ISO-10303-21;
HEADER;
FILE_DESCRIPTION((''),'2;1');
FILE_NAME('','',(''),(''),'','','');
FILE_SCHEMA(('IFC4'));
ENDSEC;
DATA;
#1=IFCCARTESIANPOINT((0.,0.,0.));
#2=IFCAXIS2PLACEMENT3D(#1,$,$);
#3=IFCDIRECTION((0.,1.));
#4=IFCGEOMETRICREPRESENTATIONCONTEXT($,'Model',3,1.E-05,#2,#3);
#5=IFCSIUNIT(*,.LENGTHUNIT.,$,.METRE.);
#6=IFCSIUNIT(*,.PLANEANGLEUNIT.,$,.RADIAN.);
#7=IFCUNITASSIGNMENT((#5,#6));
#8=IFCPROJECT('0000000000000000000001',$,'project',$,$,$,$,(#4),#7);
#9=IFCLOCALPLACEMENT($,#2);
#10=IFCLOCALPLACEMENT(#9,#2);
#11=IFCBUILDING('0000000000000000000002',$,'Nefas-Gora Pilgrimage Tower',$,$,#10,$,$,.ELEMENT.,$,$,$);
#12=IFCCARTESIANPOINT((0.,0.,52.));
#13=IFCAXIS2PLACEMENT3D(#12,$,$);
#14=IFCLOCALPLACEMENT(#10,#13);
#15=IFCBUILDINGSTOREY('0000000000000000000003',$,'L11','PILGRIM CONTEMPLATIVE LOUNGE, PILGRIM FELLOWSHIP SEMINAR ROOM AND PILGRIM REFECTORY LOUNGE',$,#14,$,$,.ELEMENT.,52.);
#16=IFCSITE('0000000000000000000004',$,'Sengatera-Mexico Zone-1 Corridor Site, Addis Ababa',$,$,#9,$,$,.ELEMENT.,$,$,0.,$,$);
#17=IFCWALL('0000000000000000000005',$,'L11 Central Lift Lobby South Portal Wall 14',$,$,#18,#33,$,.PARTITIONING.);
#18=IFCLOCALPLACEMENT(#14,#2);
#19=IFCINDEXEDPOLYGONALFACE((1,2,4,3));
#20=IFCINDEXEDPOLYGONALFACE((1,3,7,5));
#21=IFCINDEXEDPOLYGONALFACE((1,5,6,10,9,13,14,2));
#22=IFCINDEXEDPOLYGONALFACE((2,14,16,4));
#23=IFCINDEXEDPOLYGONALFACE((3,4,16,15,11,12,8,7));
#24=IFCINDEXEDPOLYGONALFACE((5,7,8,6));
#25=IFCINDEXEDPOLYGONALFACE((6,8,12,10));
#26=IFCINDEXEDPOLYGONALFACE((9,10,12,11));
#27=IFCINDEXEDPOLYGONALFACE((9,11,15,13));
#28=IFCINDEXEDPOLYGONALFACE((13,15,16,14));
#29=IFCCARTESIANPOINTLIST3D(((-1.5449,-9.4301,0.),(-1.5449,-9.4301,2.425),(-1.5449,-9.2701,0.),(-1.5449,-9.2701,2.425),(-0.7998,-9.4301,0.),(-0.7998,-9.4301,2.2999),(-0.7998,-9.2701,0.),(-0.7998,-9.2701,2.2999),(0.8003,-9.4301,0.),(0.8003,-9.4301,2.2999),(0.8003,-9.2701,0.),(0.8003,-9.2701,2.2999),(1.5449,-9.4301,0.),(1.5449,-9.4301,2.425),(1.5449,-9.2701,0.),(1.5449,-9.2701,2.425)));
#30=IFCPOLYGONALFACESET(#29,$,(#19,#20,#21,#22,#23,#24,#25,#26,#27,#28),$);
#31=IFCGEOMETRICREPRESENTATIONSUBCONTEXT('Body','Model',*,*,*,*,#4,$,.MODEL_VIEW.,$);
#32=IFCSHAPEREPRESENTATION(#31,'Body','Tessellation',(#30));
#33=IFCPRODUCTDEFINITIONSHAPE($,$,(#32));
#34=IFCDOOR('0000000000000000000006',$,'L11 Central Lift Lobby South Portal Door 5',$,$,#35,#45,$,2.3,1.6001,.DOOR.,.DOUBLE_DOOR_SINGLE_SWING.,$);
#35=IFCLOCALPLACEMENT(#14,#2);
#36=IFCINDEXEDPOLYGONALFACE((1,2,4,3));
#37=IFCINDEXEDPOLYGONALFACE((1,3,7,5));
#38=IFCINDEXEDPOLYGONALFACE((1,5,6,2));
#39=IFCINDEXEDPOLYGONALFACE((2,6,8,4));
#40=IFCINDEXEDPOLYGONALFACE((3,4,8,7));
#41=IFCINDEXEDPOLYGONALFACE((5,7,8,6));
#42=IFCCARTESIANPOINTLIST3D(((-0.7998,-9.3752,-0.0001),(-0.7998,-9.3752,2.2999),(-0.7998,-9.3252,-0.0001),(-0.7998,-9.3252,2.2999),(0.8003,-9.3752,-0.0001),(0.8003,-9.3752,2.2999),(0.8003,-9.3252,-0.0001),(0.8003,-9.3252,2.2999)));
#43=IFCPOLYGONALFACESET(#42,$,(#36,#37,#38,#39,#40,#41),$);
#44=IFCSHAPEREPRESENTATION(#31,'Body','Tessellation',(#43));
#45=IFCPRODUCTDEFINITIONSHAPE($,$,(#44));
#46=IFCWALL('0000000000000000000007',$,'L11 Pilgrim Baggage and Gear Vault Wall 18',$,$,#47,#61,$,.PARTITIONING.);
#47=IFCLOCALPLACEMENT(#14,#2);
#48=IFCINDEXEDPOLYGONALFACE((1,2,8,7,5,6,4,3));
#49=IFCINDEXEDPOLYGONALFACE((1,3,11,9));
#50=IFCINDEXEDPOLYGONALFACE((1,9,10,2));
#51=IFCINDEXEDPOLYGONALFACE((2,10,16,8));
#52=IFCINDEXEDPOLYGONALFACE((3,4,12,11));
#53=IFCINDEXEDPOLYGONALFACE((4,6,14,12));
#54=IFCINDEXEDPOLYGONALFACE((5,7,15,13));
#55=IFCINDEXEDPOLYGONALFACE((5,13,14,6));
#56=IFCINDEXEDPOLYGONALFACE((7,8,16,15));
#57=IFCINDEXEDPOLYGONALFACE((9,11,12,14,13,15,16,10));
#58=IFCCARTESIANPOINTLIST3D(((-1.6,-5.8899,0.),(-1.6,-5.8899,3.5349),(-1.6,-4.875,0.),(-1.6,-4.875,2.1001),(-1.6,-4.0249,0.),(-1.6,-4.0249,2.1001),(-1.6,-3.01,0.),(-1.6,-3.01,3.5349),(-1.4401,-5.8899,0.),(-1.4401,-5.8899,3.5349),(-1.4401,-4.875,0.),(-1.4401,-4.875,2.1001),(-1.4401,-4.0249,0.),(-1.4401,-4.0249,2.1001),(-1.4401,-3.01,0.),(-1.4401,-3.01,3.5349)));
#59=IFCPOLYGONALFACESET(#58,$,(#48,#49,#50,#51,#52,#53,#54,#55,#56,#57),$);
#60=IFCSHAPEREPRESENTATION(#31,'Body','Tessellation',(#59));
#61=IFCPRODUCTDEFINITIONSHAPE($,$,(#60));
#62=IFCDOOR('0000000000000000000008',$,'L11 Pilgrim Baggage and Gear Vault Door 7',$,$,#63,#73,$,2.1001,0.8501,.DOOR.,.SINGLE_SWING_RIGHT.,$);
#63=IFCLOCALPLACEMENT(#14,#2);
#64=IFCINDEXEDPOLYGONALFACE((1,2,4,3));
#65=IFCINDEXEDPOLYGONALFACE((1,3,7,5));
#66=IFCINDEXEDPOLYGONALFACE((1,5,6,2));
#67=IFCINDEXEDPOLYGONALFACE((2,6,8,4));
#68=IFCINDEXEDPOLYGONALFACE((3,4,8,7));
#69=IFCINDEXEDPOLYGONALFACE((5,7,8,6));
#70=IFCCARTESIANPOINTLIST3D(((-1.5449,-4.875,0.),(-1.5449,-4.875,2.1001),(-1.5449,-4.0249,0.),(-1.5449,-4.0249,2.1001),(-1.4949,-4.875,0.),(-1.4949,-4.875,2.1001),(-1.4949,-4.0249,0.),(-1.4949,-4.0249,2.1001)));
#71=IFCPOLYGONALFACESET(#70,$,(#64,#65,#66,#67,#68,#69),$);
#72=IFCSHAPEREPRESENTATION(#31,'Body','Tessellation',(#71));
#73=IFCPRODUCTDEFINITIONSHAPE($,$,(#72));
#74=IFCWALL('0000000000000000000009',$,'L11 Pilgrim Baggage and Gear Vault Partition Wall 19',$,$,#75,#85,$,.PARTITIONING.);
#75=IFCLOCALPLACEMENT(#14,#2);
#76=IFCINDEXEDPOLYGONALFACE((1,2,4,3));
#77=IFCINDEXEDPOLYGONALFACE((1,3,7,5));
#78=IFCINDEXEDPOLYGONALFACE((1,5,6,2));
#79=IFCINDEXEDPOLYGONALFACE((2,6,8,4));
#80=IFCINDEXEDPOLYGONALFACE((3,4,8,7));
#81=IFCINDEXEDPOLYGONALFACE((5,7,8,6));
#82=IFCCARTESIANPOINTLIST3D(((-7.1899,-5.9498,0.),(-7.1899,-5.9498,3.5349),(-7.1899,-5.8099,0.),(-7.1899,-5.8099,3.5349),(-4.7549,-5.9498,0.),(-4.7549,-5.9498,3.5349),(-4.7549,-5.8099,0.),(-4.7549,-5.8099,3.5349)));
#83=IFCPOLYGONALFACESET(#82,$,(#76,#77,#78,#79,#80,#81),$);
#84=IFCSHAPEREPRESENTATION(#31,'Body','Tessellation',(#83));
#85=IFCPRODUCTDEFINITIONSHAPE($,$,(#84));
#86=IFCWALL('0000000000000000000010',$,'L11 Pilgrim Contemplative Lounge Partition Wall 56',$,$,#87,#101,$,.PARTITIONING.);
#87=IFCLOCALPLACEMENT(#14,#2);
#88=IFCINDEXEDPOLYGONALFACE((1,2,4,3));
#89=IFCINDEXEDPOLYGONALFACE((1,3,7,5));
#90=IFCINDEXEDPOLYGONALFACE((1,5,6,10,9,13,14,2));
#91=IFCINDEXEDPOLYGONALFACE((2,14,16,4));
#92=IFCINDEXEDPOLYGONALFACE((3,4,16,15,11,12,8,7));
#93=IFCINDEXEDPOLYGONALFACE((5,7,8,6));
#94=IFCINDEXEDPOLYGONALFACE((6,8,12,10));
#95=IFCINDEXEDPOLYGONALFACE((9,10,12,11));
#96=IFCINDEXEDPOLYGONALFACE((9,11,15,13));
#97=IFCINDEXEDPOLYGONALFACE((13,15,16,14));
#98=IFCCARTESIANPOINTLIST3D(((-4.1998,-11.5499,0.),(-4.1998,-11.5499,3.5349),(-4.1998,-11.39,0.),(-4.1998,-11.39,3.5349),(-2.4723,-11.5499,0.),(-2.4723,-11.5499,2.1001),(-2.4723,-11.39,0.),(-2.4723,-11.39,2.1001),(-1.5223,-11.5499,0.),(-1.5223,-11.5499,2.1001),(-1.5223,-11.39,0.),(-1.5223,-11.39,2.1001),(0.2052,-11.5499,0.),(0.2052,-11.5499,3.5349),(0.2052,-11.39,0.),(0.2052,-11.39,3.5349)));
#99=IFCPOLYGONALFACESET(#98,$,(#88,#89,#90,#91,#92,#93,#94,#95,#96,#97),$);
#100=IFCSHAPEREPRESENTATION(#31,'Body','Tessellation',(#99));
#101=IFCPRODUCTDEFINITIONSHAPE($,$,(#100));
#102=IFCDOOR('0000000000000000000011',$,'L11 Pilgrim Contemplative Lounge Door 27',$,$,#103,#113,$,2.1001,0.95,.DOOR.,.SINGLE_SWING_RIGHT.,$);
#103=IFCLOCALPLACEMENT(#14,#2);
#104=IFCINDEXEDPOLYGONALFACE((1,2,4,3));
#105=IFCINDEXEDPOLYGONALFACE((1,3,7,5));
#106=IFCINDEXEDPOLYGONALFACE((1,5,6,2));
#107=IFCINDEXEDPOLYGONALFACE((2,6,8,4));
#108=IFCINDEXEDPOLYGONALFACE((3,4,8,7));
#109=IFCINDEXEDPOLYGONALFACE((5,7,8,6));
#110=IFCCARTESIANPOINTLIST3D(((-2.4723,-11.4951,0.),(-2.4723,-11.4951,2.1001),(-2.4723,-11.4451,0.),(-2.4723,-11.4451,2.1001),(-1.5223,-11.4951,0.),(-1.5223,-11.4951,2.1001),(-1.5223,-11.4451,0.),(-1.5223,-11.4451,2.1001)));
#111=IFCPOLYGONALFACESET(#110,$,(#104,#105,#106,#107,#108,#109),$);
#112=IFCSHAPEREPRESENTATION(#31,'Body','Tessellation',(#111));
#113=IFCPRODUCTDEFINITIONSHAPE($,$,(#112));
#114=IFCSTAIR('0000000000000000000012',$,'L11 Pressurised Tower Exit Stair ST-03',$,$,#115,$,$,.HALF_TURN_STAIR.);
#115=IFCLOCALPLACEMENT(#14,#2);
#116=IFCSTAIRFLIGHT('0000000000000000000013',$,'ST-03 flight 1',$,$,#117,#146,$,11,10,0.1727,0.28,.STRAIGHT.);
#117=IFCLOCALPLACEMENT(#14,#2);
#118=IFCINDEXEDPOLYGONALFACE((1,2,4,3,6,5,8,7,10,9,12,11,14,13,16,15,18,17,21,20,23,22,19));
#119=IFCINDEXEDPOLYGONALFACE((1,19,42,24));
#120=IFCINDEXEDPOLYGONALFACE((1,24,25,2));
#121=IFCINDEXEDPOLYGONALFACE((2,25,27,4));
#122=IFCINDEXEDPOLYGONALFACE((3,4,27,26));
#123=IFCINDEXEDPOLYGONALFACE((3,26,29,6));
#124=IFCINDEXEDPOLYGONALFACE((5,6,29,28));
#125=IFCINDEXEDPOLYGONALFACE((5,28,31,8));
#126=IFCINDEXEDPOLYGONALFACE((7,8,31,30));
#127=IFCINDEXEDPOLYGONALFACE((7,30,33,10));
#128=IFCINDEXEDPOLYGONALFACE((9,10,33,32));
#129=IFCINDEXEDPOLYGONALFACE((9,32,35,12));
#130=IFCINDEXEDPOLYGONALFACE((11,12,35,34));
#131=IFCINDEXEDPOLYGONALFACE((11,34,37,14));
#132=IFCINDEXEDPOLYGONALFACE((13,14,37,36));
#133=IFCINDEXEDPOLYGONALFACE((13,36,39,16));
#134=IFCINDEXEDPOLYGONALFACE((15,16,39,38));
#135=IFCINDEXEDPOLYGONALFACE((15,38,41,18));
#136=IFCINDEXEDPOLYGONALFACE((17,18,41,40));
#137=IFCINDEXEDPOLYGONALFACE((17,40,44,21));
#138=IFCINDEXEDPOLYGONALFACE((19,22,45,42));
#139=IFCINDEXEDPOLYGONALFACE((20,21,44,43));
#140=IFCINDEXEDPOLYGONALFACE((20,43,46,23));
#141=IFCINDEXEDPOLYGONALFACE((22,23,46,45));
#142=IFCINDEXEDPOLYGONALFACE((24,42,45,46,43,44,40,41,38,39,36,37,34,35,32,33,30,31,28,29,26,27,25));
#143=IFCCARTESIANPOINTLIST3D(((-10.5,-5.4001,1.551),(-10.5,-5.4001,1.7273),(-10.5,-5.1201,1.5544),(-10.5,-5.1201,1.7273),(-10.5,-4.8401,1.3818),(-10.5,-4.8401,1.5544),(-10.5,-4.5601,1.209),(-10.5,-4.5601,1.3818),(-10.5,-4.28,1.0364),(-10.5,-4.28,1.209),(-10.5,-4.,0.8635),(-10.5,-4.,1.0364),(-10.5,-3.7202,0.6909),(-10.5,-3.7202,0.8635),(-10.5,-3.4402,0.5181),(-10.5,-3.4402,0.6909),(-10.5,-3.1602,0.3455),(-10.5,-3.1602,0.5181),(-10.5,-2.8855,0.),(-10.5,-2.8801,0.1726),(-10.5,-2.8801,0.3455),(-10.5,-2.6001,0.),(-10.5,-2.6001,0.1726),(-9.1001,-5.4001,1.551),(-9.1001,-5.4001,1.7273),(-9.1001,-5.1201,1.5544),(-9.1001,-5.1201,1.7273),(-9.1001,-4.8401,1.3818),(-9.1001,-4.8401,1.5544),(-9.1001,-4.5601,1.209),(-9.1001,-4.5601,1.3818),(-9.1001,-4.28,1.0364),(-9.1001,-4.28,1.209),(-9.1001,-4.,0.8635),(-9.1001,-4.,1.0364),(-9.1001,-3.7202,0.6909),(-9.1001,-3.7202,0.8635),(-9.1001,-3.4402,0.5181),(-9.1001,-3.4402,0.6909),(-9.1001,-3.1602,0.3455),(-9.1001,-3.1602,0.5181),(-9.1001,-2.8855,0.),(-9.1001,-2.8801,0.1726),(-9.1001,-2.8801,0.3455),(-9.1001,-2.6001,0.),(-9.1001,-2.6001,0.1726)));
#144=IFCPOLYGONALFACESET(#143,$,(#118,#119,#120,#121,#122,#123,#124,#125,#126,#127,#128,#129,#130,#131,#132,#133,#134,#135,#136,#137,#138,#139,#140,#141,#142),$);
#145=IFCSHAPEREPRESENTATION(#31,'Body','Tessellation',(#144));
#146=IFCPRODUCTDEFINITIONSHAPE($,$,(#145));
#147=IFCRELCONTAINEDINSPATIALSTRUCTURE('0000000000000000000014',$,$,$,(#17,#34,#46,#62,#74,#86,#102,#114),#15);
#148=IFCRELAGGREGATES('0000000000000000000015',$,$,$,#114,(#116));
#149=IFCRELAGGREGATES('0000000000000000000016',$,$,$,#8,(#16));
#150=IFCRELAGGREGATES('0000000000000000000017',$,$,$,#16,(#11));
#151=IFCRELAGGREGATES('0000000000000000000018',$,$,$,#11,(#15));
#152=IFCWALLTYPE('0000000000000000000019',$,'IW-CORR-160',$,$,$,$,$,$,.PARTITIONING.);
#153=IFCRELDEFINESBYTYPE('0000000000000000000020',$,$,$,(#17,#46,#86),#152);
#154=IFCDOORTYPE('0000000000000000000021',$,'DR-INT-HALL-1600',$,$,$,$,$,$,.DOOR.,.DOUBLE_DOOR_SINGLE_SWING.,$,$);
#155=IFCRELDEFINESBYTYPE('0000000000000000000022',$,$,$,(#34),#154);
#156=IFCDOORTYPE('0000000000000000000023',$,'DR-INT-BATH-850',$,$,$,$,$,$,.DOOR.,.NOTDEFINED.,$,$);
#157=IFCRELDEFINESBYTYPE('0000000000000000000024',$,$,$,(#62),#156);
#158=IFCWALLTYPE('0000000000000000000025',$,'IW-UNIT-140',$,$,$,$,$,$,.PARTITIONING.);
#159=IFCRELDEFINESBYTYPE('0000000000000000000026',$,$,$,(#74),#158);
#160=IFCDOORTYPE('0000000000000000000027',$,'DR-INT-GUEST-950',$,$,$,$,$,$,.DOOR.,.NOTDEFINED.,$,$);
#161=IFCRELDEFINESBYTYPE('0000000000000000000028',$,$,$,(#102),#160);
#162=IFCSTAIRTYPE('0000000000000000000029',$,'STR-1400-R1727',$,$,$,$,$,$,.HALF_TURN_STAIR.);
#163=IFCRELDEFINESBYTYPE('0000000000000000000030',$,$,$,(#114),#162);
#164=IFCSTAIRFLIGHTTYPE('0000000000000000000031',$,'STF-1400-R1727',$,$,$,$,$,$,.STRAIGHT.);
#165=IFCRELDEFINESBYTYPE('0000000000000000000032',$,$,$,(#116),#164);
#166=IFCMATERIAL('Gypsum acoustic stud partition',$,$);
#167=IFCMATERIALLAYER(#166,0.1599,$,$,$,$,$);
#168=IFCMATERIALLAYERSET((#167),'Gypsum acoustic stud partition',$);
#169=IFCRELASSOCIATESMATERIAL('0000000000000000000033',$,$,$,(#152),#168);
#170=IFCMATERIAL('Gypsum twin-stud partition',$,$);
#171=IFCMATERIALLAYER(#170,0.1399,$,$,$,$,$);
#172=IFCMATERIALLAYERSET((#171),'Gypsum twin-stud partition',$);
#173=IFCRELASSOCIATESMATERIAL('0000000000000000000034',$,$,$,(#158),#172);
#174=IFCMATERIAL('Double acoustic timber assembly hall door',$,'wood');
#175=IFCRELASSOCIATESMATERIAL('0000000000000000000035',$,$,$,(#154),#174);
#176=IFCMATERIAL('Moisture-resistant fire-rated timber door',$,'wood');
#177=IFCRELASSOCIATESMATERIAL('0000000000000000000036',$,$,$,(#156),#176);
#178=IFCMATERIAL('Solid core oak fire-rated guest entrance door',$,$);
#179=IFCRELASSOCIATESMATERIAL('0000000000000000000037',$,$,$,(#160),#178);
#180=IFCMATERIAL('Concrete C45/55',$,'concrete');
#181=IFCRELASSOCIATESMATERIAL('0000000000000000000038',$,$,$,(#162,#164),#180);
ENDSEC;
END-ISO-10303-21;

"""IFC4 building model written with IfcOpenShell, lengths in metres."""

from ifc_helpers import new_model, si_unit, direction, frame, frame_2d, origin, place, context, subcontext, project, spatial, polyline, rectangle, outline, extrude, source, transform, mapped, material, layer, layer_set, type_object, element, fill, aggregate, save


model = new_model("IFC4")

# Units and contexts
model_context = context("Model", 3, precision=1e-05, world=origin(), true_north=direction((0.0, 1.0)))
body_context = subcontext(model_context, "Body", "Model", "MODEL_VIEW")
ifc_project = project(units=[si_unit("LENGTHUNIT", "METRE"), si_unit("PLANEANGLEUNIT", "RADIAN")], contexts=[model_context])

# Site, building, storey
site_placement = place(None, origin())
site = spatial("IfcSite", under=ifc_project, at=site_placement, Name="Sengatera-Mexico Zone-1 Corridor Site, Addis Ababa", CompositionType="ELEMENT", RefElevation=0.0)
building_placement = place(site_placement, origin())
building = spatial("IfcBuilding", under=site, at=building_placement, Name="Nefas-Gora Pilgrimage Tower", CompositionType="ELEMENT")
storey_placement = place(building_placement, frame((0.0, 0.0, 52.0)))
storey = spatial("IfcBuildingStorey", under=building, at=storey_placement, Name="L11", Description="PILGRIM CONTEMPLATIVE LOUNGE, PILGRIM FELLOWSHIP SEMINAR ROOM AND PILGRIM REFECTORY LOUNGE", CompositionType="ELEMENT", Elevation=52.0)

# Shared definitions
ifc_material_1 = material(Name="Concrete C45/55", Category="concrete")

# Shared definitions
ifc_material_2 = material(Name="Gypsum acoustic stud partition")
ifc_layer_1 = layer(ifc_material_2, 0.1599)
ifc_layer_set_1 = layer_set([ifc_layer_1], Name="Gypsum acoustic stud partition")
wall_type_1 = type_object("IfcWallType", Name="IW-CORR-160", PredefinedType="PARTITIONING", material=ifc_layer_set_1)
ifc_material_3 = material(Name="Gypsum twin-stud partition")
ifc_layer_2 = layer(ifc_material_3, 0.1399)
ifc_layer_set_2 = layer_set([ifc_layer_2], Name="Gypsum twin-stud partition")
wall_type_2 = type_object("IfcWallType", Name="IW-UNIT-140", PredefinedType="PARTITIONING", material=ifc_layer_set_2)

# Walls, openings, doors
shared_shape_1 = source(origin(), body_context, "Body", "SweptSolid", [
    extrude(rectangle(XDim=3.0898, YDim=0.1599, at=frame_2d((1.5449, 0.0))), origin(), (0.0, 0.0, 1.0), 2.425),
])
wall_1_placement = place(storey_placement, frame((-1.5449, -9.3501, 0.0), z_axis=(0.0, 0.0, 1.0), x_axis=(1.0, 0.0, 0.0)))
wall_1 = element("IfcWall", 1, at=wall_1_placement, inside=storey, type_object=wall_type_1, Name="L11 Central Lift Lobby South Portal Wall 14", PredefinedType="PARTITIONING", context=body_context, shape_type="MappedRepresentation", body=[
    mapped(shared_shape_1, transform((0.0, 0.0, 0.0), x_axis=(1.0, 0.0, 0.0), y_axis=(0.0, 1.0, 0.0), z_axis=(0.0, 0.0, 1.0), scale=1.0)),
])
opening_1_placement = place(wall_1_placement, frame((0.7451, 0.0, 0.0)))
opening_1 = element("IfcOpeningElement", 2, at=opening_1_placement, cuts=wall_1, PredefinedType="OPENING", context=body_context, shape_type="SweptSolid", body=[
    extrude(rectangle(XDim=1.6001, YDim=2.3, at=frame_2d((0.8, 1.1499))), frame((0.0, 0.0898, 0.0), z_axis=(0.0, -1.0, 0.0), x_axis=(1.0, 0.0, 0.0)), (0.0, 0.0, 1.0), 0.1799),
])
ifc_material_4 = material(Name="Double acoustic timber assembly hall door", Category="wood")
door_type_1 = type_object("IfcDoorType", Name="DR-INT-HALL-1600", OperationType="DOUBLE_DOOR_SINGLE_SWING", PredefinedType="DOOR", material=ifc_material_4)
shared_shape_2 = source(origin(), body_context, "Body", "SweptSolid", [
    extrude(rectangle(XDim=1.6001, YDim=2.3, at=frame_2d((0.8, 1.1499))), frame((0.0, 0.0249, 0.0), z_axis=(0.0, -1.0, 0.0), x_axis=(1.0, 0.0, 0.0)), (0.0, 0.0, 1.0), 0.05),
])
door_1_placement = place(opening_1_placement, origin())
door_1 = element("IfcDoor", 3, at=door_1_placement, inside=storey, type_object=door_type_1, Name="L11 Central Lift Lobby South Portal Door 5", OperationType="DOUBLE_DOOR_SINGLE_SWING", OverallHeight=2.3, OverallWidth=1.6001, PredefinedType="DOOR", context=body_context, shape_type="MappedRepresentation", body=[
    mapped(shared_shape_2, transform((0.0, 0.0, 0.0), x_axis=(1.0, 0.0, 0.0), y_axis=(0.0, 1.0, 0.0), z_axis=(0.0, 0.0, 1.0), scale=1.0)),
])
fill(opening_1, door_1)
shared_shape_3 = source(origin(), body_context, "Body", "SweptSolid", [
    extrude(rectangle(XDim=2.8799, YDim=0.1599, at=frame_2d((1.4399, 0.0))), origin(), (0.0, 0.0, 1.0), 3.5349),
])
wall_2_placement = place(storey_placement, frame((-1.52, -5.8899, 0.0), z_axis=(0.0, 0.0, 1.0), x_axis=(0.0, 1.0, 0.0)))
wall_2 = element("IfcWall", 4, at=wall_2_placement, inside=storey, type_object=wall_type_1, Name="L11 Pilgrim Baggage and Gear Vault Wall 18", PredefinedType="PARTITIONING", context=body_context, shape_type="MappedRepresentation", body=[
    mapped(shared_shape_3, transform((0.0, 0.0, 0.0), x_axis=(1.0, 0.0, 0.0), y_axis=(0.0, 1.0, 0.0), z_axis=(0.0, 0.0, 1.0), scale=1.0)),
])
opening_2_placement = place(wall_2_placement, frame((1.0149, 0.0, 0.0)))
opening_2 = element("IfcOpeningElement", 5, at=opening_2_placement, cuts=wall_2, PredefinedType="OPENING", context=body_context, shape_type="SweptSolid", body=[
    extrude(rectangle(XDim=0.8501, YDim=2.1001, at=frame_2d((0.425, 1.05))), frame((0.0, 0.0898, 0.0), z_axis=(0.0, -1.0, 0.0), x_axis=(1.0, 0.0, 0.0)), (0.0, 0.0, 1.0), 0.1799),
])
ifc_material_5 = material(Name="Moisture-resistant fire-rated timber door", Category="wood")
door_type_2 = type_object("IfcDoorType", Name="DR-INT-BATH-850", OperationType="NOTDEFINED", PredefinedType="DOOR", material=ifc_material_5)
shared_shape_4 = source(origin(), body_context, "Body", "SweptSolid", [
    extrude(rectangle(XDim=0.8501, YDim=2.1001, at=frame_2d((0.425, 1.05))), frame((0.0, 0.0249, 0.0), z_axis=(0.0, -1.0, 0.0), x_axis=(1.0, 0.0, 0.0)), (0.0, 0.0, 1.0), 0.05),
])
door_2_placement = place(opening_2_placement, origin())
door_2 = element("IfcDoor", 6, at=door_2_placement, inside=storey, type_object=door_type_2, Name="L11 Pilgrim Baggage and Gear Vault Door 7", OperationType="SINGLE_SWING_RIGHT", OverallHeight=2.1001, OverallWidth=0.8501, PredefinedType="DOOR", context=body_context, shape_type="MappedRepresentation", body=[
    mapped(shared_shape_4, transform((0.0, 0.0, 0.0), x_axis=(1.0, 0.0, 0.0), y_axis=(0.0, 1.0, 0.0), z_axis=(0.0, 0.0, 1.0), scale=1.0)),
])
fill(opening_2, door_2)

# Wall
shared_shape_5 = source(origin(), body_context, "Body", "SweptSolid", [
    extrude(rectangle(XDim=2.4351, YDim=0.1399, at=frame_2d((1.2175, 0.0))), origin(), (0.0, 0.0, 1.0), 3.5349),
])
wall_3_placement = place(storey_placement, frame((-7.1899, -5.8799, 0.0), z_axis=(0.0, 0.0, 1.0), x_axis=(1.0, 0.0, 0.0)))
element("IfcWall", 7, at=wall_3_placement, inside=storey, type_object=wall_type_2, Name="L11 Pilgrim Baggage and Gear Vault Partition Wall 19", PredefinedType="PARTITIONING", context=body_context, shape_type="MappedRepresentation", body=[
    mapped(shared_shape_5, transform((0.0, 0.0, 0.0), x_axis=(1.0, 0.0, 0.0), y_axis=(0.0, 1.0, 0.0), z_axis=(0.0, 0.0, 1.0), scale=1.0)),
])

# Wall, opening, door
shared_shape_6 = source(origin(), body_context, "Body", "SweptSolid", [
    extrude(rectangle(XDim=4.405, YDim=0.1599, at=frame_2d((2.2026, 0.0))), origin(), (0.0, 0.0, 1.0), 3.5349),
])
wall_4_placement = place(storey_placement, frame((-4.2, -11.47, 0.0), z_axis=(0.0, 0.0, 1.0), x_axis=(1.0, 0.0, 0.0)))
wall_4 = element("IfcWall", 8, at=wall_4_placement, inside=storey, type_object=wall_type_1, Name="L11 Pilgrim Contemplative Lounge Partition Wall 56", PredefinedType="PARTITIONING", context=body_context, shape_type="MappedRepresentation", body=[
    mapped(shared_shape_6, transform((0.0, 0.0, 0.0), x_axis=(1.0, 0.0, 0.0), y_axis=(0.0, 1.0, 0.0), z_axis=(0.0, 0.0, 1.0), scale=1.0)),
])
opening_3_placement = place(wall_4_placement, frame((1.7275, 0.0, 0.0)))
opening_3 = element("IfcOpeningElement", 9, at=opening_3_placement, cuts=wall_4, PredefinedType="OPENING", context=body_context, shape_type="SweptSolid", body=[
    extrude(rectangle(XDim=0.95, YDim=2.1001, at=frame_2d((0.4751, 1.05))), frame((0.0, 0.0898, 0.0), z_axis=(0.0, -1.0, 0.0), x_axis=(1.0, 0.0, 0.0)), (0.0, 0.0, 1.0), 0.1799),
])
ifc_material_6 = material(Name="Solid core oak fire-rated guest entrance door")
door_type_3 = type_object("IfcDoorType", Name="DR-INT-GUEST-950", OperationType="NOTDEFINED", PredefinedType="DOOR", material=ifc_material_6)
shared_shape_7 = source(origin(), body_context, "Body", "SweptSolid", [
    extrude(rectangle(XDim=0.95, YDim=2.1001, at=frame_2d((0.4751, 1.05))), frame((0.0, 0.0249, 0.0), z_axis=(0.0, -1.0, 0.0), x_axis=(1.0, 0.0, 0.0)), (0.0, 0.0, 1.0), 0.05),
])
door_3_placement = place(opening_3_placement, origin())
door_3 = element("IfcDoor", 10, at=door_3_placement, inside=storey, type_object=door_type_3, Name="L11 Pilgrim Contemplative Lounge Door 27", OperationType="SINGLE_SWING_RIGHT", OverallHeight=2.1001, OverallWidth=0.95, PredefinedType="DOOR", context=body_context, shape_type="MappedRepresentation", body=[
    mapped(shared_shape_7, transform((0.0, 0.0, 0.0), x_axis=(1.0, 0.0, 0.0), y_axis=(0.0, 1.0, 0.0), z_axis=(0.0, 0.0, 1.0), scale=1.0)),
])
fill(opening_3, door_3)

# Stair, stair flight
stair_type = type_object("IfcStairType", Name="STR-1400-R1727", PredefinedType="HALF_TURN_STAIR", material=ifc_material_1)
stair_placement = place(storey_placement, origin())
stair = element("IfcStair", 11, at=stair_placement, inside=storey, type_object=stair_type, Name="L11 Pressurised Tower Exit Stair ST-03", PredefinedType="HALF_TURN_STAIR")
stair_flight_type = type_object("IfcStairFlightType", Name="STF-1400-R1727", PredefinedType="STRAIGHT", material=ifc_material_1)
shared_shape_8 = source(origin(), body_context, "Body", "SweptSolid", [
    extrude(outline(polyline([(0.0, 0.0), (0.0, 0.1726), (0.28, 0.1726), (0.28, 0.3455), (0.5601, 0.3455), (0.5601, 0.5181), (0.8401, 0.5181), (0.8401, 0.6909), (1.1201, 0.6909), (1.1201, 0.8635), (1.3999, 0.8635), (1.3999, 1.0364), (1.6799, 1.0364), (1.6799, 1.209), (1.96, 1.209), (1.96, 1.3818), (2.24, 1.3818), (2.24, 1.5544), (2.52, 1.5544), (2.52, 1.7273), (2.8, 1.7273), (2.8, 1.8999), (2.8, 1.551), (0.2854, 0.0), (0.0, 0.0)])), frame((0.0, 0.7, 0.0), z_axis=(0.0, -1.0, 0.0), x_axis=(1.0, 0.0, 0.0)), (0.0, 0.0, 1.0), 1.3999),
])
stair_flight_1_placement = place(storey_placement, frame((-9.8, -2.6001, 0.0), z_axis=(0.0, 0.0, 1.0), x_axis=(0.0, -1.0, 0.0)))
stair_flight_1 = element("IfcStairFlight", 12, at=stair_flight_1_placement, type_object=stair_flight_type, Name="ST-03 flight 1", NumberOfRisers=11, NumberOfTreads=10, PredefinedType="STRAIGHT", RiserHeight=0.1727, TreadLength=0.28, context=body_context, shape_type="MappedRepresentation", body=[
    mapped(shared_shape_8, transform((0.0, 0.0, 0.0), x_axis=(1.0, 0.0, 0.0), y_axis=(0.0, 1.0, 0.0), z_axis=(0.0, 0.0, 1.0), scale=1.0)),
])
aggregate(stair, [stair_flight_1])

save(model, "model.ifc")
